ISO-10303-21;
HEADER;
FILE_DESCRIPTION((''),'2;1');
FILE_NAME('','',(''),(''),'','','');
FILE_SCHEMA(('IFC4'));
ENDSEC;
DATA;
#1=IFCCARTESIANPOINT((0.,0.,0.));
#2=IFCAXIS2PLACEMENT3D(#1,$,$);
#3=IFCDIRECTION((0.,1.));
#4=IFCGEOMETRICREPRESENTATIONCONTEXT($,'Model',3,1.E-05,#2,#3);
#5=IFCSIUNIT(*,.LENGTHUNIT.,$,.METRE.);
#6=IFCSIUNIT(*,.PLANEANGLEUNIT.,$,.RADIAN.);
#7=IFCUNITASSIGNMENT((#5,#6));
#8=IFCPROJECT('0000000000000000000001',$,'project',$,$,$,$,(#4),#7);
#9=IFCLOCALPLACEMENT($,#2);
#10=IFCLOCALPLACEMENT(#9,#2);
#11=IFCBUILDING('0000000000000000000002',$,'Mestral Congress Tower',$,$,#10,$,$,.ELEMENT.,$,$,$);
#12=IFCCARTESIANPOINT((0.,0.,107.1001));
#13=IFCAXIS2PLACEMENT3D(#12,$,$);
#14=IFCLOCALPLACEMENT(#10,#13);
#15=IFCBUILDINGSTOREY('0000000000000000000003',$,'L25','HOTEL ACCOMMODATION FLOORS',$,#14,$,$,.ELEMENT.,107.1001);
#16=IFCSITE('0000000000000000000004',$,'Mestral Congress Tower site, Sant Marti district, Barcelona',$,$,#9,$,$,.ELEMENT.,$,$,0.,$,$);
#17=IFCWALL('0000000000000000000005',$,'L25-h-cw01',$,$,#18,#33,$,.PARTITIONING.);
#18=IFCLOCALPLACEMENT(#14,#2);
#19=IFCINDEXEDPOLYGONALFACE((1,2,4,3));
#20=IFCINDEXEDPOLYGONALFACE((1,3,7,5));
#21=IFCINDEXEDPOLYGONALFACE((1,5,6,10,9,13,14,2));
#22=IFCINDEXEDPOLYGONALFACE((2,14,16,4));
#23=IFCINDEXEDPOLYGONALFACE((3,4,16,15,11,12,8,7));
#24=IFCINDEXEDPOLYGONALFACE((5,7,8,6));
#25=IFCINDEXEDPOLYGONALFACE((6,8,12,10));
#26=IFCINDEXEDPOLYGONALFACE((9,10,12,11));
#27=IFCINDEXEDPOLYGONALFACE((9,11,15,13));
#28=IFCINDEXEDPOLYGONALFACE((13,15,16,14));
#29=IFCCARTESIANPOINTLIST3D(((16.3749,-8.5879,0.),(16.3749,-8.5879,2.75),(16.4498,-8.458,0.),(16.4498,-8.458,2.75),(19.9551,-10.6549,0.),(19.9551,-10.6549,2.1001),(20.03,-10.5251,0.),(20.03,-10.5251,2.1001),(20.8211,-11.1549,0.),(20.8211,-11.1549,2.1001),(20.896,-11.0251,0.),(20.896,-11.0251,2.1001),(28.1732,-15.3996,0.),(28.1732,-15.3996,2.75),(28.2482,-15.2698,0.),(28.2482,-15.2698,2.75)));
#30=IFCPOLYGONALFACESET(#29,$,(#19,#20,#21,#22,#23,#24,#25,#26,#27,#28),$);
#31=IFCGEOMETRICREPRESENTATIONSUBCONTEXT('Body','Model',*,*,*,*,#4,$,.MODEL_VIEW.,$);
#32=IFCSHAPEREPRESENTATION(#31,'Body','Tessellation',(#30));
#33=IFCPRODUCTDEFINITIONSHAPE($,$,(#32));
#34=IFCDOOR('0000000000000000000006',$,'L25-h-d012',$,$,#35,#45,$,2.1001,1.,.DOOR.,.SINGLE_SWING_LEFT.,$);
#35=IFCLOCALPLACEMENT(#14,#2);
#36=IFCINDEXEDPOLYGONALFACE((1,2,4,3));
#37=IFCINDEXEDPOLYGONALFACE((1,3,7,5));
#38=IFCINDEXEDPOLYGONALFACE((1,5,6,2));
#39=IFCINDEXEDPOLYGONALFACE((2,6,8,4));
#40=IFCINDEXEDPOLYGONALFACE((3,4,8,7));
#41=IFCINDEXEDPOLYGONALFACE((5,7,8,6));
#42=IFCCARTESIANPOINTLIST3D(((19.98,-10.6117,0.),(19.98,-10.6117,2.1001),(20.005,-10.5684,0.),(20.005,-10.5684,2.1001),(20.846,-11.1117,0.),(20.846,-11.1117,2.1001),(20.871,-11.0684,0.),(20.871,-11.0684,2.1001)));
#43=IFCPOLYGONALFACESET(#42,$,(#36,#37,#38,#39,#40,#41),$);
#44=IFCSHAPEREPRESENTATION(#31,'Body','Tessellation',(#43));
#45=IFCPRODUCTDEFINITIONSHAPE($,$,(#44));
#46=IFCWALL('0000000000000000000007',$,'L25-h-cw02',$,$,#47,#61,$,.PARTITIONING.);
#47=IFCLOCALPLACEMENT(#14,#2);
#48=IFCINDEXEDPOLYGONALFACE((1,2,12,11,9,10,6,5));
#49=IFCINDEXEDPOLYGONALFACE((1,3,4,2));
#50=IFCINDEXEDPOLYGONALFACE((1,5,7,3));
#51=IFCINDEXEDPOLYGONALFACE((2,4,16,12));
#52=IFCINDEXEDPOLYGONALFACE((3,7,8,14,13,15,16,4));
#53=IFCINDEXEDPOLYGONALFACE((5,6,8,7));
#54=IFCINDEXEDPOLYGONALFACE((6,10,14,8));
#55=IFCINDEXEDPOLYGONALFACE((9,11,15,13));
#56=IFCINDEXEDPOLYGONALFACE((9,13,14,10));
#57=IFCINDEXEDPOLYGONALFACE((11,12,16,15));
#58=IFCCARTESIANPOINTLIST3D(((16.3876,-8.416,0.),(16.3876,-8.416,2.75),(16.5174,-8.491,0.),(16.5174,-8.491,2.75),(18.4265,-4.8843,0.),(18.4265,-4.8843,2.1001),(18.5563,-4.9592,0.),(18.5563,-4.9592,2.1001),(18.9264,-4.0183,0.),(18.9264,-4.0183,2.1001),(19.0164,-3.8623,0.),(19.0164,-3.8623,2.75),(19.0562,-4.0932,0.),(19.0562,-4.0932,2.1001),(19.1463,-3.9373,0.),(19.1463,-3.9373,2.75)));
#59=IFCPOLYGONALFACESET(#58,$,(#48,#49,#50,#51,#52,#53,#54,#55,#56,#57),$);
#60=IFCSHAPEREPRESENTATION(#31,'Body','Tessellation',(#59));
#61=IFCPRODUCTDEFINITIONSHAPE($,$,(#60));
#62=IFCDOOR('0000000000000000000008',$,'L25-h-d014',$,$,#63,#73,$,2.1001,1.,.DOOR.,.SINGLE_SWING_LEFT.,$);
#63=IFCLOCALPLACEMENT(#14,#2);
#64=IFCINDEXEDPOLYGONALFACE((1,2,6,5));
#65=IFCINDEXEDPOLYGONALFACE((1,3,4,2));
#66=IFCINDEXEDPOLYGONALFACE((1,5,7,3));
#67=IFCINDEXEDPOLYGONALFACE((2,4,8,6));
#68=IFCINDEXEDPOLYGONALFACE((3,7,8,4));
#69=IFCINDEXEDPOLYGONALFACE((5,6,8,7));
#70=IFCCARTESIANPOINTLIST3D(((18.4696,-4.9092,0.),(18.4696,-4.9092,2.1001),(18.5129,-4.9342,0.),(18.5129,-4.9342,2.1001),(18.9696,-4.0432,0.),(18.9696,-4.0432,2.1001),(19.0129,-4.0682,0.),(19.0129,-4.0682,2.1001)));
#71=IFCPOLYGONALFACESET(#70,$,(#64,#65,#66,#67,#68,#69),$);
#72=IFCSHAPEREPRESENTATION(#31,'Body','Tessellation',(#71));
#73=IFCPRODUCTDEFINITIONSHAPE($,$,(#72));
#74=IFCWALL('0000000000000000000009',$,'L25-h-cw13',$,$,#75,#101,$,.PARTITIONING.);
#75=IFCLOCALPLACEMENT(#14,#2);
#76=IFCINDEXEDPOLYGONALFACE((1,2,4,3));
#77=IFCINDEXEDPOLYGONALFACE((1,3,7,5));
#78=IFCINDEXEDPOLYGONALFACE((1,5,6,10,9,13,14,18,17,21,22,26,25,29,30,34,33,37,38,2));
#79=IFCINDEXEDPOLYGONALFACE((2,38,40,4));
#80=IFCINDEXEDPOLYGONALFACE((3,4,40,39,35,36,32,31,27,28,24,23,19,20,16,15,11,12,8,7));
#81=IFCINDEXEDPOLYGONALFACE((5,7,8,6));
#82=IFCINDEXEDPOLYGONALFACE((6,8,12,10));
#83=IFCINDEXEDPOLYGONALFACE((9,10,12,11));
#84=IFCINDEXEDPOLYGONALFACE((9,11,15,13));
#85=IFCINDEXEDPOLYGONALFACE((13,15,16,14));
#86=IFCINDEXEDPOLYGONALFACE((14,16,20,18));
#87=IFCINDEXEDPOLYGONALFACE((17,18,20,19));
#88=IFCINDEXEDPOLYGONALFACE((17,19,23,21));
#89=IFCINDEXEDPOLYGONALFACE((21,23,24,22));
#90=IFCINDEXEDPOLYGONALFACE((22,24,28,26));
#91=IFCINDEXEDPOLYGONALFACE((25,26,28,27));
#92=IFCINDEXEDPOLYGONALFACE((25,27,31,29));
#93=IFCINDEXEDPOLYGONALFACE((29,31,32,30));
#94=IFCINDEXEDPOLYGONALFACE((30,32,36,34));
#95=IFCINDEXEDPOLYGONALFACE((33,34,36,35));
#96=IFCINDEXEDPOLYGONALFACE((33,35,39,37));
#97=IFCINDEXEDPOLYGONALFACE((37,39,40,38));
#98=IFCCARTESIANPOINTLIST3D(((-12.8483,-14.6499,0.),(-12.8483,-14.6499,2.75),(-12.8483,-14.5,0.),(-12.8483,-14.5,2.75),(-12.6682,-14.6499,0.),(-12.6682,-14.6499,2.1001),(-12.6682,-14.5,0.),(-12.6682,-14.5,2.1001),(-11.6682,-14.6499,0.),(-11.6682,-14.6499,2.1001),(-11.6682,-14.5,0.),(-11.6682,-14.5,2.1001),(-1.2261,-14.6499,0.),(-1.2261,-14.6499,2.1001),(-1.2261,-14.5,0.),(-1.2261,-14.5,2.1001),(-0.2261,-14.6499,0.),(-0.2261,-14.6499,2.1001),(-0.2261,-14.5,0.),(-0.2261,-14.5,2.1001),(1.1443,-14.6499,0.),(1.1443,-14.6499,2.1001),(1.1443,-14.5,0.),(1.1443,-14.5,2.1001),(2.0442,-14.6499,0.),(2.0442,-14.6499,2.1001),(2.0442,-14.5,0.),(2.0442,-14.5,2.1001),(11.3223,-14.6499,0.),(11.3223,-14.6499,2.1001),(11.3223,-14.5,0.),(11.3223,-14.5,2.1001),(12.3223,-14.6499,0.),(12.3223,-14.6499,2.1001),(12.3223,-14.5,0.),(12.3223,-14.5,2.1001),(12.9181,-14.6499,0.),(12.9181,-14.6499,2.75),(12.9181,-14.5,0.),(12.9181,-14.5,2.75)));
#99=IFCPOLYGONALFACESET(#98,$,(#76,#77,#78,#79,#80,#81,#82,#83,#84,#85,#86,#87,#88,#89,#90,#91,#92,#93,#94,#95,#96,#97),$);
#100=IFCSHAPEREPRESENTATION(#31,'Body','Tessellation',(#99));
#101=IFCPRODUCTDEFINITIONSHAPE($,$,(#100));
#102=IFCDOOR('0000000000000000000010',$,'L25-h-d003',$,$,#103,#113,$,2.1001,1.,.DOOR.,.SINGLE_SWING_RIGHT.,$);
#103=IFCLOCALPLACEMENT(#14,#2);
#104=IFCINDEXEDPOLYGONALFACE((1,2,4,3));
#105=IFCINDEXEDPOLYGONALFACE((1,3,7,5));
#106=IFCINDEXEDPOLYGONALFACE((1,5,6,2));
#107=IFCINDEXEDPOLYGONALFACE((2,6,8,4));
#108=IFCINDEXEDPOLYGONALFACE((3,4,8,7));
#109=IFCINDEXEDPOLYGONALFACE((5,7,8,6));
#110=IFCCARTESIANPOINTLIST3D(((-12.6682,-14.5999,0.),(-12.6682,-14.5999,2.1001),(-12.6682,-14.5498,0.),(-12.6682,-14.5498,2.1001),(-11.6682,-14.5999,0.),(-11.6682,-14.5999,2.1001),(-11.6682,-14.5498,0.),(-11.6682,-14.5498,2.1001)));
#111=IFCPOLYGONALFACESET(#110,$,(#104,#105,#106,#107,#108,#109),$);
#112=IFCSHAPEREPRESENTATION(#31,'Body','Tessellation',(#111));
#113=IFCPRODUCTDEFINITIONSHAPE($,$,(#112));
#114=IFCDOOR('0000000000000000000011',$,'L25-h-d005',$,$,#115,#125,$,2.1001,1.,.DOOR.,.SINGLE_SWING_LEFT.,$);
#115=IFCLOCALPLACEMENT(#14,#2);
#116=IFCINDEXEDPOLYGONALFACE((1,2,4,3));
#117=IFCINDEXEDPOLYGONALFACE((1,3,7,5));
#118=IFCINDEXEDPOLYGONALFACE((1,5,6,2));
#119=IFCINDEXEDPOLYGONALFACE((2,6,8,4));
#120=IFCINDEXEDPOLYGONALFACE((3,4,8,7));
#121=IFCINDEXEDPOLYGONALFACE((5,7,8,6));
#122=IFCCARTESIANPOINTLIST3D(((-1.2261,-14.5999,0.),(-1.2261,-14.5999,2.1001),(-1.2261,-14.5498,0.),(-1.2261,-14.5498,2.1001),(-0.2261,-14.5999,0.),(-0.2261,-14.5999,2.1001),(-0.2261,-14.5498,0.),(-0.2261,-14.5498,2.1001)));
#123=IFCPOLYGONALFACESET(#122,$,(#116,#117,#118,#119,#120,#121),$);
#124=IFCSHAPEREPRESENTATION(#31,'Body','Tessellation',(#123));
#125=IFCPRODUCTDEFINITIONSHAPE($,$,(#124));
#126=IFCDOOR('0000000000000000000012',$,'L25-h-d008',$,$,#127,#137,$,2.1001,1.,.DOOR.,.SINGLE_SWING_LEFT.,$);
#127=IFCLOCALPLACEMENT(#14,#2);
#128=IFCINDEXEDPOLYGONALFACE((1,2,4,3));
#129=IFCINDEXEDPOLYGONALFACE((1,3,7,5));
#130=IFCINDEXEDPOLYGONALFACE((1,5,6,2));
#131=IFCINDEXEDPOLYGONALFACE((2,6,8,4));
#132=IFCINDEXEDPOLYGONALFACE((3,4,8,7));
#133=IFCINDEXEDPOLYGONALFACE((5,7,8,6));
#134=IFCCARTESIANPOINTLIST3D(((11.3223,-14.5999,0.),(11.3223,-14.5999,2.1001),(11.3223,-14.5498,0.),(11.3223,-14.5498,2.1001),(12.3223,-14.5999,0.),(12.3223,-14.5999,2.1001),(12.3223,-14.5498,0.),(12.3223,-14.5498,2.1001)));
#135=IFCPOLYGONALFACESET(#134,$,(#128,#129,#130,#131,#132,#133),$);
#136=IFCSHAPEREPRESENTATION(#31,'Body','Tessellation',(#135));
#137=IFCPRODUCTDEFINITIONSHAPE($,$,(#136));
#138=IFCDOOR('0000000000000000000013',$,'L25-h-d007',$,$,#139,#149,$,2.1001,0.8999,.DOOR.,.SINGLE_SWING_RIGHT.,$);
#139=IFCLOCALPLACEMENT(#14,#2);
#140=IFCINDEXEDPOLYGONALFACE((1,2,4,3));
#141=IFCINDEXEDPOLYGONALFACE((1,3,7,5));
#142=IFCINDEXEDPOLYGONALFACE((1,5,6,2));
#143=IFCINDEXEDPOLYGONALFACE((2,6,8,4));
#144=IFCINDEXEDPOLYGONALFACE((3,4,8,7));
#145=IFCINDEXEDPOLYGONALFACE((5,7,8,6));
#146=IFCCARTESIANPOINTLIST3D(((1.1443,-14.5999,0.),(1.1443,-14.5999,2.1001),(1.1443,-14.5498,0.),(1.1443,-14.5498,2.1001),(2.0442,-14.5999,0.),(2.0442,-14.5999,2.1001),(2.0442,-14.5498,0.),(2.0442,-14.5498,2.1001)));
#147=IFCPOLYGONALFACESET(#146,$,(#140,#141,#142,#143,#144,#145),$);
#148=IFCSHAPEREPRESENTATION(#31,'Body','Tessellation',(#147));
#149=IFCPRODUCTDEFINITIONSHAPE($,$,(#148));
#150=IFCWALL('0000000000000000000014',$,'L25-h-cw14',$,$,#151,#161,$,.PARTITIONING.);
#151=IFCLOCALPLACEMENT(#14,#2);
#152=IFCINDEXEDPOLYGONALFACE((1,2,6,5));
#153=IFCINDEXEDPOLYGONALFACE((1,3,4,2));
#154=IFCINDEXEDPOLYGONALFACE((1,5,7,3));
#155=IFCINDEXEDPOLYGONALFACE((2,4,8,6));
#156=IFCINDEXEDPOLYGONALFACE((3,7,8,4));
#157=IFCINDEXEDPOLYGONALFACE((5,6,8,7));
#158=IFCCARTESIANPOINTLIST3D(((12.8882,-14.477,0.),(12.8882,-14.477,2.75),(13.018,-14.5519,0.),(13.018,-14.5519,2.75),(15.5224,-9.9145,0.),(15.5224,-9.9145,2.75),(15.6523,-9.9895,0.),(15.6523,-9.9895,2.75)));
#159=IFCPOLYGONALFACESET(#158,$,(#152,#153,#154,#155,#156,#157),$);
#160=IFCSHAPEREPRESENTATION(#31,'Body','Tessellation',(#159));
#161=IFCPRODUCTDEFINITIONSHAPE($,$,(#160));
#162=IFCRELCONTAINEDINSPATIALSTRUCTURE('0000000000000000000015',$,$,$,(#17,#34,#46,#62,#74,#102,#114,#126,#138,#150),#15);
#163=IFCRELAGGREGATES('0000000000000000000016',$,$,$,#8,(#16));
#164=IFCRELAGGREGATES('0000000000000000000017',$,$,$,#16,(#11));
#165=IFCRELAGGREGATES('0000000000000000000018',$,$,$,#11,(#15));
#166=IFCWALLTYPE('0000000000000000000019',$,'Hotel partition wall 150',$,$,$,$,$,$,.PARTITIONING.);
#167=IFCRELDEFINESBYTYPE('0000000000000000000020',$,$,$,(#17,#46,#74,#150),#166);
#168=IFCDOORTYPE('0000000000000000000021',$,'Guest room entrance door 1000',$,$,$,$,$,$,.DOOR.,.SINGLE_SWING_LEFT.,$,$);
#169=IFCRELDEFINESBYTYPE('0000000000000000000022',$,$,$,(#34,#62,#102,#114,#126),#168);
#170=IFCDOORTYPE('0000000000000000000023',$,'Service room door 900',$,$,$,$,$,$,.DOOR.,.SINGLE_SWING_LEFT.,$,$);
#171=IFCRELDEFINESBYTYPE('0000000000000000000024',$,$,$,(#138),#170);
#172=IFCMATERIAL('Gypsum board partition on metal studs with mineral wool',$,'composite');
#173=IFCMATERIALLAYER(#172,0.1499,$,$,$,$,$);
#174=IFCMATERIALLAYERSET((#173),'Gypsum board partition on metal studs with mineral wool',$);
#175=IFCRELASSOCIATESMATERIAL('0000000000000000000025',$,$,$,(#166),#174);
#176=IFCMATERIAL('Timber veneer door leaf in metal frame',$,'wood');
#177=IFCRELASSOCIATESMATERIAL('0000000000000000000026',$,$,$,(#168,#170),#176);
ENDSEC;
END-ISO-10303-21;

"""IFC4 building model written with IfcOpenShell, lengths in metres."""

from ifc_helpers import new_model, si_unit, direction, frame, frame_2d, origin, place, context, subcontext, project, spatial, rectangle, extrude, material, layer, layer_set, type_object, element, fill, save


model = new_model("IFC4")

# Units and contexts
model_context = context("Model", 3, precision=1e-05, world=origin(), true_north=direction((0.0, 1.0)))
body_context = subcontext(model_context, "Body", "Model", "MODEL_VIEW")
ifc_project = project(units=[si_unit("LENGTHUNIT", "METRE"), si_unit("PLANEANGLEUNIT", "RADIAN")], contexts=[model_context])

# Site, building, storey
site_placement = place(None, origin())
site = spatial("IfcSite", under=ifc_project, at=site_placement, Name="Mestral Congress Tower site, Sant Marti district, Barcelona", CompositionType="ELEMENT", RefElevation=0.0)
building_placement = place(site_placement, origin())
building = spatial("IfcBuilding", under=site, at=building_placement, Name="Mestral Congress Tower", CompositionType="ELEMENT")
storey_placement = place(building_placement, frame((0.0, 0.0, 107.1001)))
storey = spatial("IfcBuildingStorey", under=building, at=storey_placement, Name="L25", Description="HOTEL ACCOMMODATION FLOORS", CompositionType="ELEMENT", Elevation=107.1001)

# Shared definitions
ifc_material_1 = material(Name="Gypsum board partition on metal studs with mineral wool", Category="composite")

# Walls, openings, doors
ifc_layer_1 = layer(ifc_material_1, 0.1499)
ifc_layer_set_1 = layer_set([ifc_layer_1], Name="Gypsum board partition on metal studs with mineral wool")
wall_type_1 = type_object("IfcWallType", Name="Hotel partition wall 150", PredefinedType="PARTITIONING", material=ifc_layer_set_1)
wall_1_placement = place(storey_placement, frame((16.4124, -8.5229, 0.0), z_axis=(0.0, 0.0, 1.0), x_axis=(0.866026, -0.5, 0.0)))
wall_1 = element("IfcWall", 1, at=wall_1_placement, inside=storey, type_object=wall_type_1, Name="L25-h-cw01", PredefinedType="PARTITIONING", context=body_context, shape_type="SweptSolid", body=[
    extrude(rectangle(XDim=13.6235, YDim=0.1499, at=frame_2d((6.8118, 0.0))), origin(), (0.0, 0.0, 1.0), 2.75),
])
opening_1_placement = place(wall_1_placement, frame((4.134, 0.0, 0.0)))
opening_1 = element("IfcOpeningElement", 2, at=opening_1_placement, cuts=wall_1, PredefinedType="OPENING", context=body_context, shape_type="SweptSolid", body=[
    extrude(rectangle(XDim=1.0, YDim=2.1001, at=frame_2d((0.5, 1.05))), frame((0.0, 0.085, 0.0), z_axis=(0.0, -1.0, 0.0), x_axis=(1.0, 0.0, 0.0)), (0.0, 0.0, 1.0), 0.1699),
])
ifc_material_2 = material(Name="Timber veneer door leaf in metal frame", Category="wood")
door_type_1 = type_object("IfcDoorType", Name="Guest room entrance door 1000", OperationType="SINGLE_SWING_LEFT", PredefinedType="DOOR", material=ifc_material_2)
door_1_placement = place(opening_1_placement, origin())
door_1 = element("IfcDoor", 3, at=door_1_placement, inside=storey, type_object=door_type_1, Name="L25-h-d012", OperationType="SINGLE_SWING_LEFT", OverallHeight=2.1001, OverallWidth=1.0, PredefinedType="DOOR", context=body_context, shape_type="SweptSolid", body=[
    extrude(rectangle(XDim=1.0, YDim=2.1001, at=frame_2d((0.5, 1.05))), frame((0.0, 0.0249, 0.0), z_axis=(0.0, -1.0, 0.0), x_axis=(1.0, 0.0, 0.0)), (0.0, 0.0, 1.0), 0.05),
])
fill(opening_1, door_1)
wall_2_placement = place(storey_placement, frame((19.0813, -3.8999, 0.0), z_axis=(0.0, 0.0, 1.0), x_axis=(-0.499974, -0.86604, 0.0)))
wall_2 = element("IfcWall", 4, at=wall_2_placement, inside=storey, type_object=wall_type_1, Name="L25-h-cw02", PredefinedType="PARTITIONING", context=body_context, shape_type="SweptSolid", body=[
    extrude(rectangle(XDim=5.2581, YDim=0.1499, at=frame_2d((2.6289, 0.0))), origin(), (0.0, 0.0, 1.0), 2.75),
])
opening_2_placement = place(wall_2_placement, frame((0.1799, 0.0, 0.0)))
opening_2 = element("IfcOpeningElement", 5, at=opening_2_placement, cuts=wall_2, PredefinedType="OPENING", context=body_context, shape_type="SweptSolid", body=[
    extrude(rectangle(XDim=1.0, YDim=2.1001, at=frame_2d((0.5, 1.05))), frame((0.0, 0.085, 0.0), z_axis=(0.0, -1.0, 0.0), x_axis=(1.0, 0.0, 0.0)), (0.0, 0.0, 1.0), 0.1699),
])
door_2_placement = place(opening_2_placement, origin())
door_2 = element("IfcDoor", 6, at=door_2_placement, inside=storey, type_object=door_type_1, Name="L25-h-d014", OperationType="SINGLE_SWING_LEFT", OverallHeight=2.1001, OverallWidth=1.0, PredefinedType="DOOR", context=body_context, shape_type="SweptSolid", body=[
    extrude(rectangle(XDim=1.0, YDim=2.1001, at=frame_2d((0.5, 1.05))), frame((0.0, 0.0249, 0.0), z_axis=(0.0, -1.0, 0.0), x_axis=(1.0, 0.0, 0.0)), (0.0, 0.0, 1.0), 0.05),
])
fill(opening_2, door_2)

# Wall, openings, doors
wall_3_placement = place(storey_placement, frame((12.9182, -14.575, 0.0), z_axis=(0.0, 0.0, 1.0), x_axis=(-1.0, 0.0, 0.0)))
wall_3 = element("IfcWall", 7, at=wall_3_placement, inside=storey, type_object=wall_type_1, Name="L25-h-cw13", PredefinedType="PARTITIONING", context=body_context, shape_type="SweptSolid", body=[
    extrude(rectangle(XDim=25.7664, YDim=0.1499, at=frame_2d((12.8833, 0.0))), origin(), (0.0, 0.0, 1.0), 2.75),
])
opening_3_placement = place(wall_3_placement, frame((24.5864, 0.0, 0.0)))
opening_3 = element("IfcOpeningElement", 8, at=opening_3_placement, cuts=wall_3, PredefinedType="OPENING", context=body_context, shape_type="SweptSolid", body=[
    extrude(rectangle(XDim=1.0, YDim=2.1001, at=frame_2d((0.5, 1.05))), frame((0.0, 0.085, 0.0), z_axis=(0.0, -1.0, 0.0), x_axis=(1.0, 0.0, 0.0)), (0.0, 0.0, 1.0), 0.1699),
])
opening_4_placement = place(wall_3_placement, frame((13.1443, 0.0, 0.0)))
opening_4 = element("IfcOpeningElement", 9, at=opening_4_placement, cuts=wall_3, PredefinedType="OPENING", context=body_context, shape_type="SweptSolid", body=[
    extrude(rectangle(XDim=1.0, YDim=2.1001, at=frame_2d((0.5, 1.05))), frame((0.0, 0.085, 0.0), z_axis=(0.0, -1.0, 0.0), x_axis=(1.0, 0.0, 0.0)), (0.0, 0.0, 1.0), 0.1699),
])
opening_5_placement = place(wall_3_placement, frame((10.874, 0.0, 0.0)))
opening_5 = element("IfcOpeningElement", 10, at=opening_5_placement, cuts=wall_3, PredefinedType="OPENING", context=body_context, shape_type="SweptSolid", body=[
    extrude(rectangle(XDim=0.8999, YDim=2.1001, at=frame_2d((0.45, 1.05))), frame((0.0, 0.085, 0.0), z_axis=(0.0, -1.0, 0.0), x_axis=(1.0, 0.0, 0.0)), (0.0, 0.0, 1.0), 0.1699),
])
opening_6_placement = place(wall_3_placement, frame((0.5959, 0.0, 0.0)))
opening_6 = element("IfcOpeningElement", 11, at=opening_6_placement, cuts=wall_3, PredefinedType="OPENING", context=body_context, shape_type="SweptSolid", body=[
    extrude(rectangle(XDim=1.0, YDim=2.1001, at=frame_2d((0.5, 1.05))), frame((0.0, 0.085, 0.0), z_axis=(0.0, -1.0, 0.0), x_axis=(1.0, 0.0, 0.0)), (0.0, 0.0, 1.0), 0.1699),
])
door_3_placement = place(opening_3_placement, origin())
door_3 = element("IfcDoor", 12, at=door_3_placement, inside=storey, type_object=door_type_1, Name="L25-h-d003", OperationType="SINGLE_SWING_RIGHT", OverallHeight=2.1001, OverallWidth=1.0, PredefinedType="DOOR", context=body_context, shape_type="SweptSolid", body=[
    extrude(rectangle(XDim=1.0, YDim=2.1001, at=frame_2d((0.5, 1.05))), frame((0.0, 0.0249, 0.0), z_axis=(0.0, -1.0, 0.0), x_axis=(1.0, 0.0, 0.0)), (0.0, 0.0, 1.0), 0.05),
])
fill(opening_3, door_3)
door_4_placement = place(opening_4_placement, origin())
door_4 = element("IfcDoor", 13, at=door_4_placement, inside=storey, type_object=door_type_1, Name="L25-h-d005", OperationType="SINGLE_SWING_LEFT", OverallHeight=2.1001, OverallWidth=1.0, PredefinedType="DOOR", context=body_context, shape_type="SweptSolid", body=[
    extrude(rectangle(XDim=1.0, YDim=2.1001, at=frame_2d((0.5, 1.05))), frame((0.0, 0.0249, 0.0), z_axis=(0.0, -1.0, 0.0), x_axis=(1.0, 0.0, 0.0)), (0.0, 0.0, 1.0), 0.05),
])
fill(opening_4, door_4)
door_5_placement = place(opening_6_placement, origin())
door_5 = element("IfcDoor", 14, at=door_5_placement, inside=storey, type_object=door_type_1, Name="L25-h-d008", OperationType="SINGLE_SWING_LEFT", OverallHeight=2.1001, OverallWidth=1.0, PredefinedType="DOOR", context=body_context, shape_type="SweptSolid", body=[
    extrude(rectangle(XDim=1.0, YDim=2.1001, at=frame_2d((0.5, 1.05))), frame((0.0, 0.0249, 0.0), z_axis=(0.0, -1.0, 0.0), x_axis=(1.0, 0.0, 0.0)), (0.0, 0.0, 1.0), 0.05),
])
fill(opening_6, door_5)
door_type_2 = type_object("IfcDoorType", Name="Service room door 900", OperationType="SINGLE_SWING_LEFT", PredefinedType="DOOR", material=ifc_material_2)
door_6_placement = place(opening_5_placement, origin())
door_6 = element("IfcDoor", 15, at=door_6_placement, inside=storey, type_object=door_type_2, Name="L25-h-d007", OperationType="SINGLE_SWING_RIGHT", OverallHeight=2.1001, OverallWidth=0.8999, PredefinedType="DOOR", context=body_context, shape_type="SweptSolid", body=[
    extrude(rectangle(XDim=0.8999, YDim=2.1001, at=frame_2d((0.45, 1.05))), frame((0.0, 0.0249, 0.0), z_axis=(0.0, -1.0, 0.0), x_axis=(1.0, 0.0, 0.0)), (0.0, 0.0, 1.0), 0.05),
])
fill(opening_5, door_6)

# Wall
wall_4_placement = place(storey_placement, frame((15.5874, -9.9519, 0.0), z_axis=(0.0, 0.0, 1.0), x_axis=(-0.500017, -0.866016, 0.0)))
element("IfcWall", 16, at=wall_4_placement, inside=storey, type_object=wall_type_1, Name="L25-h-cw14", PredefinedType="PARTITIONING", context=body_context, shape_type="SweptSolid", body=[
    extrude(rectangle(XDim=5.2683, YDim=0.1499, at=frame_2d((2.6343, 0.0))), origin(), (0.0, 0.0, 1.0), 2.75),
])

save(model, "model.ifc")
